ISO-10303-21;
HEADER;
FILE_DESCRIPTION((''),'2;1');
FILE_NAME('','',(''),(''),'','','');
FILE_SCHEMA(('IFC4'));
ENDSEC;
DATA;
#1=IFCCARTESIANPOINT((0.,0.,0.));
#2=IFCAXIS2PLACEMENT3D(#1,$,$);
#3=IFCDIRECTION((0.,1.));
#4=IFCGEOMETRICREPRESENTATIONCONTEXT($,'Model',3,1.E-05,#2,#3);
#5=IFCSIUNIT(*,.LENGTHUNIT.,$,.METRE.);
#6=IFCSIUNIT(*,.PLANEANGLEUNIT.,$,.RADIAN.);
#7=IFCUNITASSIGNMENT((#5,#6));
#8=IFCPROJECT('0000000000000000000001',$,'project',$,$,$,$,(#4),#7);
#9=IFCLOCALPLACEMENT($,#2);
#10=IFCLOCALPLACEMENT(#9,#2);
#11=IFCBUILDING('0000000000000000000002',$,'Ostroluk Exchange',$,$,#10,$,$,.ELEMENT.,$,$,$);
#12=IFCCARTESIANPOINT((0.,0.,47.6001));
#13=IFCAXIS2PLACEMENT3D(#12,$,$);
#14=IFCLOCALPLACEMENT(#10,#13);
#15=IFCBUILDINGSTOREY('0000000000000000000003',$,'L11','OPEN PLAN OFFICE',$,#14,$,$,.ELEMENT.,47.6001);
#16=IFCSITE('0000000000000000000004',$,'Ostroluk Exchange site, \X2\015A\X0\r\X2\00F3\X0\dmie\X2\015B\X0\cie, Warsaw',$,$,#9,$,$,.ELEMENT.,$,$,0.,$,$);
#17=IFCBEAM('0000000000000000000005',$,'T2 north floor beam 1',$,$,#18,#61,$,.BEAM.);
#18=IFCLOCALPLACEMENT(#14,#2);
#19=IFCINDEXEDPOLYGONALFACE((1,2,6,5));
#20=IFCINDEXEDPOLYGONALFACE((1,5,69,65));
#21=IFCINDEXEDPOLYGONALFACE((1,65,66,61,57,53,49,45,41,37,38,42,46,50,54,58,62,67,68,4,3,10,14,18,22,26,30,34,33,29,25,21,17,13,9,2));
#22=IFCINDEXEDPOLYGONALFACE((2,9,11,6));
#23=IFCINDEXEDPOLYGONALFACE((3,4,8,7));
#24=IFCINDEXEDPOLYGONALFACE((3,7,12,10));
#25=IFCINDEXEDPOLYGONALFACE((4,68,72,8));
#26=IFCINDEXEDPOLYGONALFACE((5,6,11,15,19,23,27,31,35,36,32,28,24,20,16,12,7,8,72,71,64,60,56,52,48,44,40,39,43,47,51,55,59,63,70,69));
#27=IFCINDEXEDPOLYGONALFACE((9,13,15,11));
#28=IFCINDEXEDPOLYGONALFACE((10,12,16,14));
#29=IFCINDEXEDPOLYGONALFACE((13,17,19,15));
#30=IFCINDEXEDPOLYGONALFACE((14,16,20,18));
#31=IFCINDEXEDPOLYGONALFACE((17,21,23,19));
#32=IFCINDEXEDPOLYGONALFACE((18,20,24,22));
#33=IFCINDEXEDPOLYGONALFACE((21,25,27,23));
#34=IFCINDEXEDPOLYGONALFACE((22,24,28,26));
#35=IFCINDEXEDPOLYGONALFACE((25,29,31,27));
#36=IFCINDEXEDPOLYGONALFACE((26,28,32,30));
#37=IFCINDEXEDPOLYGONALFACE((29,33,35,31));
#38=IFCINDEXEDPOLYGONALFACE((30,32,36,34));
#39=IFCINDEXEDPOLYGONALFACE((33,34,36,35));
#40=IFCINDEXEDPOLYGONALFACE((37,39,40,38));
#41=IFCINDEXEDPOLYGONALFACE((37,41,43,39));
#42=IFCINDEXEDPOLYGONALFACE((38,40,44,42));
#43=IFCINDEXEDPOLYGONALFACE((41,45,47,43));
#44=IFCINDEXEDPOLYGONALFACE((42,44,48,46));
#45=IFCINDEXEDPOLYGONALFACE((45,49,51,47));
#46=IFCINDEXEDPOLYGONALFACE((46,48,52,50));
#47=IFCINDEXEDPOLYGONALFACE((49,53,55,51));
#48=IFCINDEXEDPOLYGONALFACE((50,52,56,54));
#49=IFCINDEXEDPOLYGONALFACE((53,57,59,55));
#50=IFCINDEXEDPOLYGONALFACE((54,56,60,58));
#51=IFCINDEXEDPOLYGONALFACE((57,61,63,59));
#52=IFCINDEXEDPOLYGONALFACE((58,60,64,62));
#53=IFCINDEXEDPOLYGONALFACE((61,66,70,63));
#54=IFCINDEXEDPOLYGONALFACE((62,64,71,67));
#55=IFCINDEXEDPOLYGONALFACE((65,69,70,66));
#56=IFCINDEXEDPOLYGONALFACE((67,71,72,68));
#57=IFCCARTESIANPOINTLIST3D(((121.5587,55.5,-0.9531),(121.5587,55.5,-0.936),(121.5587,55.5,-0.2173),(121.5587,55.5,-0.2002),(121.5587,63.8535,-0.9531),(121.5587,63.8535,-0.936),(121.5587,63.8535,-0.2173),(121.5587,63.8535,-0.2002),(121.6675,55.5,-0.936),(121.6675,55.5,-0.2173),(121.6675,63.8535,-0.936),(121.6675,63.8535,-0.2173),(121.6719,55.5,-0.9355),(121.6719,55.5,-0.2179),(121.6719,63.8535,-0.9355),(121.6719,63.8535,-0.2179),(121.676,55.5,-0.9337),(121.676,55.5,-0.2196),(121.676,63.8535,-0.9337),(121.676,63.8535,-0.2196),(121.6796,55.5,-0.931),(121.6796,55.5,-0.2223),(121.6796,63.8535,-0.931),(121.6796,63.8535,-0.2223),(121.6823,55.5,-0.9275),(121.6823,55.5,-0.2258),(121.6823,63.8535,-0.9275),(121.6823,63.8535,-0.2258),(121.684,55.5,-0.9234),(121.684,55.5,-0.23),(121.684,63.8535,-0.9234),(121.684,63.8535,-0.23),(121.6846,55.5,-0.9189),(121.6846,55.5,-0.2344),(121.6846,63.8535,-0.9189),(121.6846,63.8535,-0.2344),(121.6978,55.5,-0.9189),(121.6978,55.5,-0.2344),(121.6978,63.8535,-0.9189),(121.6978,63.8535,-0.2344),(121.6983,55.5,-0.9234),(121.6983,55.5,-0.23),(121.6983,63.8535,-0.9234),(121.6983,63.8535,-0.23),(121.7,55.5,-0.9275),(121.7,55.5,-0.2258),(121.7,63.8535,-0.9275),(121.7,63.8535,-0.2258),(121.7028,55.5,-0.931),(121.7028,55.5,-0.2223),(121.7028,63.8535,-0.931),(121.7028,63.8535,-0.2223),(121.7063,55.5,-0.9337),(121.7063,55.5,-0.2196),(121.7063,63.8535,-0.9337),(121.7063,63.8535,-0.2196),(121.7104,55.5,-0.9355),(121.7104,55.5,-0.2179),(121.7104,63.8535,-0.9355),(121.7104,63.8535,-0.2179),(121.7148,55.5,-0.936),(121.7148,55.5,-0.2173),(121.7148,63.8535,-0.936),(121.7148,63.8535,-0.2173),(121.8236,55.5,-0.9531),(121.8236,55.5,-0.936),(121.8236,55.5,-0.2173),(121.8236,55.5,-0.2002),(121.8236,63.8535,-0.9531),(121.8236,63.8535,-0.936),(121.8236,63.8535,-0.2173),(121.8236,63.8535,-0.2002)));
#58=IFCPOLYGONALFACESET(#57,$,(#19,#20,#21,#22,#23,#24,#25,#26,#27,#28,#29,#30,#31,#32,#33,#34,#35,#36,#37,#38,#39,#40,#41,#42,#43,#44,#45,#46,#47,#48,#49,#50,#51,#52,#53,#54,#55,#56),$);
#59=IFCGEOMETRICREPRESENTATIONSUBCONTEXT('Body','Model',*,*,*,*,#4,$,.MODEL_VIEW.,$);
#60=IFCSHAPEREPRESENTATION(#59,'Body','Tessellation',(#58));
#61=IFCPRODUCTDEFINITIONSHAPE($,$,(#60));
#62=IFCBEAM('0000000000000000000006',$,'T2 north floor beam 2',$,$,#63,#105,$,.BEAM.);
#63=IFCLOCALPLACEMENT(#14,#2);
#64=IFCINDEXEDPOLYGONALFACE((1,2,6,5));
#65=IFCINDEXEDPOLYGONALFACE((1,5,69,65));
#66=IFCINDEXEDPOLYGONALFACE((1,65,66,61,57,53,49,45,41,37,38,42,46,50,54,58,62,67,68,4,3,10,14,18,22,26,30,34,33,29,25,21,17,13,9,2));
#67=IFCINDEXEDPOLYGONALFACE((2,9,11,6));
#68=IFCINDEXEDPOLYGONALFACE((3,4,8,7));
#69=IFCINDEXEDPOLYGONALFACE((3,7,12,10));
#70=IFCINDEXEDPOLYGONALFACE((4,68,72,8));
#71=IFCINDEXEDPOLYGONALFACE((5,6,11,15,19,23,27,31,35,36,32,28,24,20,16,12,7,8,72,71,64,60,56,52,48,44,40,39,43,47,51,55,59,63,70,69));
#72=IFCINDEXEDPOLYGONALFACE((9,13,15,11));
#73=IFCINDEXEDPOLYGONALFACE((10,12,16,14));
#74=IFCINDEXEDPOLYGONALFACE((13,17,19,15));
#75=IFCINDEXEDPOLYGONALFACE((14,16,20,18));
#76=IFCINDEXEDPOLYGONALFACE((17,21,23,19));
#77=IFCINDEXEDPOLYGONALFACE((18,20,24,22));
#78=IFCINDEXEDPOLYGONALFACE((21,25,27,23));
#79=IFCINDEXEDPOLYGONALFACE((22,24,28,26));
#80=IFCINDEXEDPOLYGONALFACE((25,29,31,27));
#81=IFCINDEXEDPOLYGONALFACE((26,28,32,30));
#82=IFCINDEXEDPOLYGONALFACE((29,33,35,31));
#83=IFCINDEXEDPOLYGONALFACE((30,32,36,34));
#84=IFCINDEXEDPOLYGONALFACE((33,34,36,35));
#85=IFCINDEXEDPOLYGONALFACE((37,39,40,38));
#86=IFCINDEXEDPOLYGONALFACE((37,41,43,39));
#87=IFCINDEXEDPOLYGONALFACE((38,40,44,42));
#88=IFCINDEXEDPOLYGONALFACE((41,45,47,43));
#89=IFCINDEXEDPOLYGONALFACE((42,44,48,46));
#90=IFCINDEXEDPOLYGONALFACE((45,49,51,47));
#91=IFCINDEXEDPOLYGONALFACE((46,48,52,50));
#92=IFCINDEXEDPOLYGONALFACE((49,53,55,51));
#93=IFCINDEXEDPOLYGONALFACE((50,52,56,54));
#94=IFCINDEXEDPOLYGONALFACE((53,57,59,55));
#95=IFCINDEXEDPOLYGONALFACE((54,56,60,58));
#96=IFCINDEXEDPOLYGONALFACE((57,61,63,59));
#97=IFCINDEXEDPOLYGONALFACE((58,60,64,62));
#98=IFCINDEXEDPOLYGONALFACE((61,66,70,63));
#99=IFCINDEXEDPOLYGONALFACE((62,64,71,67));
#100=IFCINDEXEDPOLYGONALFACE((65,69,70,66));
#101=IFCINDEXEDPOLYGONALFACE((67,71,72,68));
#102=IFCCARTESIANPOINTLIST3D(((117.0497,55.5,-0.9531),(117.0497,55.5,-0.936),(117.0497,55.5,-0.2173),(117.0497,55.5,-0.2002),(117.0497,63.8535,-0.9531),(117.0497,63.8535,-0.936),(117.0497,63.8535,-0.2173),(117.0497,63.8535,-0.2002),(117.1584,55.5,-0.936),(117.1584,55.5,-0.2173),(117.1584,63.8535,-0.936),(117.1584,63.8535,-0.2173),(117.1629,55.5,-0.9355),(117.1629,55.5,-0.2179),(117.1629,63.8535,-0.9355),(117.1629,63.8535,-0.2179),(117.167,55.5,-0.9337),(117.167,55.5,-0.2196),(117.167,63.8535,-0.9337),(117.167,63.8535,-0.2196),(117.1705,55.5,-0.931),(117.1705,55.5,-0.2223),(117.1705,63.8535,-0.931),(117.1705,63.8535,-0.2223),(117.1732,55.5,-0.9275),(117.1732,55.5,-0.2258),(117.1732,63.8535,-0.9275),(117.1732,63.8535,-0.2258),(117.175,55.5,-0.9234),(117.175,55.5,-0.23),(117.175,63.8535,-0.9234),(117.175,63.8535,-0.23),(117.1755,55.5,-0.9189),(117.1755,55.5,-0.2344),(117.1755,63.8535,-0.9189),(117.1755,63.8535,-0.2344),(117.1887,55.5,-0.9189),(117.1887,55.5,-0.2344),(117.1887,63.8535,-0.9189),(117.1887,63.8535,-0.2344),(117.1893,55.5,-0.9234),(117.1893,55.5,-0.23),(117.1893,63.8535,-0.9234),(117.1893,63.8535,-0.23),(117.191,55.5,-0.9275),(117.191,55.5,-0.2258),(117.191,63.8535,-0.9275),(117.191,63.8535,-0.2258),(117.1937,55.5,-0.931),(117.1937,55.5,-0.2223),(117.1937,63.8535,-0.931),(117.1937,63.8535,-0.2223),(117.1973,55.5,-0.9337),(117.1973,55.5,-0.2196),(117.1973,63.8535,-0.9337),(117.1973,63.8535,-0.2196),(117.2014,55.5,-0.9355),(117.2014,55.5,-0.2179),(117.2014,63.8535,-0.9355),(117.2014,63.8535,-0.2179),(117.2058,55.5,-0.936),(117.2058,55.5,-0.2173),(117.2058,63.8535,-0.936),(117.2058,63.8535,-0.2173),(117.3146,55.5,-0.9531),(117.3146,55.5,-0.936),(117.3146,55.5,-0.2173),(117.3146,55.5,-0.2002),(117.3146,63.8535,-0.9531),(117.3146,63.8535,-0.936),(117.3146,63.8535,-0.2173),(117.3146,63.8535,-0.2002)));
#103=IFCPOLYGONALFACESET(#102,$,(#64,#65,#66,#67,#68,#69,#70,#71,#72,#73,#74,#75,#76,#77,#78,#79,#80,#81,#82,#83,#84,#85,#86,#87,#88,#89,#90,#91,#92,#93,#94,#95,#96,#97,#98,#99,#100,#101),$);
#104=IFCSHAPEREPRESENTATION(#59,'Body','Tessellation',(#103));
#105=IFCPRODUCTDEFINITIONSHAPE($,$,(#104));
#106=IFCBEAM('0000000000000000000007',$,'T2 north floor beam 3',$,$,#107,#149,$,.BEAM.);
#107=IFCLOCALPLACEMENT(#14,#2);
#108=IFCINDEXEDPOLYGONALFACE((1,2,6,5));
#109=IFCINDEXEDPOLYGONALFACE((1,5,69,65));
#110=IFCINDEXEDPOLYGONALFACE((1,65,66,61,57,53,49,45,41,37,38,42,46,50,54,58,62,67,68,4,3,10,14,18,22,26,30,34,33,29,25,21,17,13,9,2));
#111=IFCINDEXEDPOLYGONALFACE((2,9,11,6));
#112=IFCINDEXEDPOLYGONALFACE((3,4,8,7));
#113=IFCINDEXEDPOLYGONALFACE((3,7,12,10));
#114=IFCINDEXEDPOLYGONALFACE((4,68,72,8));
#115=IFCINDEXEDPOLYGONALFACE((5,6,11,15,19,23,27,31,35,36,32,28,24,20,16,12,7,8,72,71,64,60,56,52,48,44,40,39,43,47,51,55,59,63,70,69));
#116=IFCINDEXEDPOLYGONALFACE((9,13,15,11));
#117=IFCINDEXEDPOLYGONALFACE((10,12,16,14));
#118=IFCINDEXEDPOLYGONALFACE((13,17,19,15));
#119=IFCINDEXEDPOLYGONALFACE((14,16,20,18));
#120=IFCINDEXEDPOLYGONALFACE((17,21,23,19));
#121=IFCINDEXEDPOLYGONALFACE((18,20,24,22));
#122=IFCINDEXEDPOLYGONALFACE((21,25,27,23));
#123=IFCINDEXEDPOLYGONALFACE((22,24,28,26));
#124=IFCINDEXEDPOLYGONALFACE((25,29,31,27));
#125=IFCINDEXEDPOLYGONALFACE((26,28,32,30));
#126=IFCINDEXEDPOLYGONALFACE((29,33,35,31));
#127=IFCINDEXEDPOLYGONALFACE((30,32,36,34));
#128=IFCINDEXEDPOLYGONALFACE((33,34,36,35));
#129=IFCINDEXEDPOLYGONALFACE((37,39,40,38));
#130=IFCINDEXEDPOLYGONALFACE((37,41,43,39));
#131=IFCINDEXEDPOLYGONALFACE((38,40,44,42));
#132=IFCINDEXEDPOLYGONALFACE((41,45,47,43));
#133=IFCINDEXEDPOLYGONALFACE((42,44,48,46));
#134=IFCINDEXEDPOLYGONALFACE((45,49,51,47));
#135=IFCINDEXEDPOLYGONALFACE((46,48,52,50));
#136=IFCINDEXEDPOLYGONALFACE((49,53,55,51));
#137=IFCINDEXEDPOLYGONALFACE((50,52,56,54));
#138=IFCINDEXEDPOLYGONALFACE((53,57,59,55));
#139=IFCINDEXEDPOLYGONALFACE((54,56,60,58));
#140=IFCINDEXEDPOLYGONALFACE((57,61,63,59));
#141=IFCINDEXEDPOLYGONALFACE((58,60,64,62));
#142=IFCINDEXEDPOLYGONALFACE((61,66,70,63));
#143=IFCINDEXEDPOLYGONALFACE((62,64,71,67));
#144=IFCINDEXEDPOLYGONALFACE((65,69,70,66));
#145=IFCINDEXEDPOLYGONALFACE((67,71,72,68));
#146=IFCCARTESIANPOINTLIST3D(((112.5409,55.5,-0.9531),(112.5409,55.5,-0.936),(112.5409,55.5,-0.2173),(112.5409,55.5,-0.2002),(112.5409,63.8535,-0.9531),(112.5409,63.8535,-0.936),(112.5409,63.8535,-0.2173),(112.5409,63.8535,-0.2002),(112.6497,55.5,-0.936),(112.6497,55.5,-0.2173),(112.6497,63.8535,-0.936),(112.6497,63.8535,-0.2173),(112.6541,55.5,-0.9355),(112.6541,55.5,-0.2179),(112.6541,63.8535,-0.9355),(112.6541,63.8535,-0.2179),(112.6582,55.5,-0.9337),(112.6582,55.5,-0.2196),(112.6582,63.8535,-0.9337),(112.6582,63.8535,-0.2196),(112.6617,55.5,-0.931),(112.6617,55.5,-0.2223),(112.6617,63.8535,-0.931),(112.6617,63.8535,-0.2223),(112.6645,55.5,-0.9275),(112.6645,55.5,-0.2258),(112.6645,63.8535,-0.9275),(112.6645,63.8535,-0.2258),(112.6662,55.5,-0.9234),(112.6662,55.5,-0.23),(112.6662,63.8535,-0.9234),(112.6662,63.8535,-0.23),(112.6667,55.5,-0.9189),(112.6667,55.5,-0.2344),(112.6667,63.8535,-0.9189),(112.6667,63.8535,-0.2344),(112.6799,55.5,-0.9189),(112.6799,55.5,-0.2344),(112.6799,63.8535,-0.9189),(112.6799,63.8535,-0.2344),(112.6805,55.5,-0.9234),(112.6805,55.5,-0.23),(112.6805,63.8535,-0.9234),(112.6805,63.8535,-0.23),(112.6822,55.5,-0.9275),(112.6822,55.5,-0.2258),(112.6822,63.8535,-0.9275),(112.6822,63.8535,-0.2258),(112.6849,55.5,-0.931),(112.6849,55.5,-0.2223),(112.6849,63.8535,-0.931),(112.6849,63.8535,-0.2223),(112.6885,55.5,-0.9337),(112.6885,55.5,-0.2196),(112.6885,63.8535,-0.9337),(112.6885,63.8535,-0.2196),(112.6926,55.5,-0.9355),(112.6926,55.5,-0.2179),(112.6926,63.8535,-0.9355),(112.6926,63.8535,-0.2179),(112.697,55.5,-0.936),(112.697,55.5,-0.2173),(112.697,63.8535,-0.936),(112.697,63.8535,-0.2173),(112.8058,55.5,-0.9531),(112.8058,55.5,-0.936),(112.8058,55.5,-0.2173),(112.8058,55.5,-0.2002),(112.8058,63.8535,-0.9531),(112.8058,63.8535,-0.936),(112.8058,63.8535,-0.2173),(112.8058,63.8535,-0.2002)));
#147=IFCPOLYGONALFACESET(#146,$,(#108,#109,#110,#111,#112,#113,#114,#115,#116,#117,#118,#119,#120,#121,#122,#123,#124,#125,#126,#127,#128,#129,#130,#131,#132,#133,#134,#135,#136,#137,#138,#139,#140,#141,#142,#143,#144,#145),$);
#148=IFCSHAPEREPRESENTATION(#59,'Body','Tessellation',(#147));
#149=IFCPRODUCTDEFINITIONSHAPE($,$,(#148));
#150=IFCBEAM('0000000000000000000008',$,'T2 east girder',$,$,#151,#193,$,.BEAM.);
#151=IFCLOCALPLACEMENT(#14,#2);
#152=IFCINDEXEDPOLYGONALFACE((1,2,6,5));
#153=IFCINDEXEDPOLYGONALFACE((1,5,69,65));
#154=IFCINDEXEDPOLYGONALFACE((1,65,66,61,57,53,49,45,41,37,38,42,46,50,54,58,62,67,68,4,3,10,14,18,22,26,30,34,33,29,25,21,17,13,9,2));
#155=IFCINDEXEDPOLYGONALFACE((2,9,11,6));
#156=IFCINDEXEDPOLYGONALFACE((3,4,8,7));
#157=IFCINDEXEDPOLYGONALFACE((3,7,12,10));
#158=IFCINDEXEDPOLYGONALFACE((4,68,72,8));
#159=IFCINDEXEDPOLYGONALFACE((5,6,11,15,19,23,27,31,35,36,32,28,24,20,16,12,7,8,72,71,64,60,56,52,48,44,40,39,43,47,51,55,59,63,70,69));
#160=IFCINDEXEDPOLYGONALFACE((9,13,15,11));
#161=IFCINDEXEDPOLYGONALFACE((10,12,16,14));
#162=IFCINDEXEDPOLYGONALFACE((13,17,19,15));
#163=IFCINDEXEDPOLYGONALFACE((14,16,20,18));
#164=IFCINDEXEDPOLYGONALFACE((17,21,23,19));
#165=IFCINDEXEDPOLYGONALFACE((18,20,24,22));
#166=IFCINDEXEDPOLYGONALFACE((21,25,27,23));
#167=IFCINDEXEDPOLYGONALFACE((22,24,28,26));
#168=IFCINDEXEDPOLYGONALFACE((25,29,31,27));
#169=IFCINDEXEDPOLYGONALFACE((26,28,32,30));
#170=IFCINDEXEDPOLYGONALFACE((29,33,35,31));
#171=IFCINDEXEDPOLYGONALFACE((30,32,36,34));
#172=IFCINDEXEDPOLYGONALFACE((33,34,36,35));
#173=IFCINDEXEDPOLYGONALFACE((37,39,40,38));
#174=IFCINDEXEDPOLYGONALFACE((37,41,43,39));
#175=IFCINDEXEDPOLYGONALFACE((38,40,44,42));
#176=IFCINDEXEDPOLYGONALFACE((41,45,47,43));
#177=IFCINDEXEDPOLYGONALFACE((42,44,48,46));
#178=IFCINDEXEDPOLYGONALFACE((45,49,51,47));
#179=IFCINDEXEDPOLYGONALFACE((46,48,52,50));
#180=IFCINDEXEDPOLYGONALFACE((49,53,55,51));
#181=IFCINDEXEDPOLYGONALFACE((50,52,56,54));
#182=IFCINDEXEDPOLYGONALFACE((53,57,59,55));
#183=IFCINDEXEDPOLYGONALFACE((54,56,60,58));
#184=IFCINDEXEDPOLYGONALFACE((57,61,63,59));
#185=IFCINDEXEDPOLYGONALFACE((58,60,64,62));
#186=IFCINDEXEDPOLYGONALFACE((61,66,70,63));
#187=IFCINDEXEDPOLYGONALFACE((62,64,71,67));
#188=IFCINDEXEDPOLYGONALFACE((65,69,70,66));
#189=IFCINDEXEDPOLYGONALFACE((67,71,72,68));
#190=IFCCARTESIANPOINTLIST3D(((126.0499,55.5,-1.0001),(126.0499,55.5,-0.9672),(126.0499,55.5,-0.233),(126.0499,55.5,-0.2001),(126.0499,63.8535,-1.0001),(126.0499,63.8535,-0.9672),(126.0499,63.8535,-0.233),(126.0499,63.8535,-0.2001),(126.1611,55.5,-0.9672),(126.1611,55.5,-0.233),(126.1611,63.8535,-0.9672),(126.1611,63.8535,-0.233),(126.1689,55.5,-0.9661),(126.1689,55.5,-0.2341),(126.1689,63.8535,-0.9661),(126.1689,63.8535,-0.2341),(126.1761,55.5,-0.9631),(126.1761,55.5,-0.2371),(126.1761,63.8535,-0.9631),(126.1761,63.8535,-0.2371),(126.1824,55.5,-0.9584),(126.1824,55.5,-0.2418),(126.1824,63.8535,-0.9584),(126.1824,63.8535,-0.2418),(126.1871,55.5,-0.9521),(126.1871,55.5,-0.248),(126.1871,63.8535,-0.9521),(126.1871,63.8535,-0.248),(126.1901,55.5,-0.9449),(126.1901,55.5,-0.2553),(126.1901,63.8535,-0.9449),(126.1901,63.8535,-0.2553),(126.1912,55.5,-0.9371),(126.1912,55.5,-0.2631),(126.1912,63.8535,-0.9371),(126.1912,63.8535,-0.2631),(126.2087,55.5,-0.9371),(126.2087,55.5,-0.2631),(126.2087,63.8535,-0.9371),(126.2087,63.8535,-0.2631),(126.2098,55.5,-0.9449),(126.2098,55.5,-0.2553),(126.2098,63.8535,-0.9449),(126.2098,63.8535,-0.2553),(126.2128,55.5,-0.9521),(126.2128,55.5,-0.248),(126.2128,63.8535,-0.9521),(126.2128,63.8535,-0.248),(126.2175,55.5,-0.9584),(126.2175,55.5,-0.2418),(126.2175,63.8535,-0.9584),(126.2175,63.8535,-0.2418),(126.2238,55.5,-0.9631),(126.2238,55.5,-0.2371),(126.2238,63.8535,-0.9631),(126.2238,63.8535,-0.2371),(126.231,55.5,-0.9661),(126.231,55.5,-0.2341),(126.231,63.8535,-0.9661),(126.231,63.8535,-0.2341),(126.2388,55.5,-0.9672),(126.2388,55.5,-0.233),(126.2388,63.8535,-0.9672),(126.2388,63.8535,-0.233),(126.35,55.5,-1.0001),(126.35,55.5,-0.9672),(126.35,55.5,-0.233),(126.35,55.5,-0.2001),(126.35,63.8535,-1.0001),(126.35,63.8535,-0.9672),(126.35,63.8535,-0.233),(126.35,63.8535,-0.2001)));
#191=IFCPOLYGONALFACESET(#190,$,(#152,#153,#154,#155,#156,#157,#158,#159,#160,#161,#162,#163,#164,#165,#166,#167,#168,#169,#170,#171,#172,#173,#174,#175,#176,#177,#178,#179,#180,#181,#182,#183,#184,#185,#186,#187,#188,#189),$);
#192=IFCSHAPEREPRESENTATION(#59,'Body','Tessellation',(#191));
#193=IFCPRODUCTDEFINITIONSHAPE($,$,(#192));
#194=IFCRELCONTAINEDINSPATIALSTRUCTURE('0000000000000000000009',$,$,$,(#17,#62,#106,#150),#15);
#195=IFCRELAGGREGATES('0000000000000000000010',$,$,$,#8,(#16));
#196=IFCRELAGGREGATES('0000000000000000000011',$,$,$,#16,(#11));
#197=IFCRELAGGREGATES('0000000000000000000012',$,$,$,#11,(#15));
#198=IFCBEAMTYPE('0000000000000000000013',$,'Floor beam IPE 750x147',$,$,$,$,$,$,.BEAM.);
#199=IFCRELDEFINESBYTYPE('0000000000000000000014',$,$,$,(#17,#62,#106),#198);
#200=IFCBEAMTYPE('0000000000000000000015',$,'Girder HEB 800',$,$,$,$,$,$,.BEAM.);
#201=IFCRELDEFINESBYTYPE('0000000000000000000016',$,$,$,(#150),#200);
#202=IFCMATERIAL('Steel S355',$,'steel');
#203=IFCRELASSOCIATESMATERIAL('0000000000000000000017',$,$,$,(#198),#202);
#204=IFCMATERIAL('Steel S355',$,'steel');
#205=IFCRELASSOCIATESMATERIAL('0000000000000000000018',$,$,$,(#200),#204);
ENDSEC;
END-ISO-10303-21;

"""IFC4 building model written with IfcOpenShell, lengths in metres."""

from ifc_helpers import new_model, si_unit, direction, frame, origin, origin_2d, place, context, subcontext, project, spatial, i_section, extrude, material, material_profile, profile_set, type_object, element, save


model = new_model("IFC4")

# Units and contexts
model_context = context("Model", 3, precision=1e-05, world=origin(), true_north=direction((0.0, 1.0)))
body_context = subcontext(model_context, "Body", "Model", "MODEL_VIEW")
ifc_project = project(units=[si_unit("LENGTHUNIT", "METRE"), si_unit("PLANEANGLEUNIT", "RADIAN")], contexts=[model_context])

# Site, building, storey
site_placement = place(None, origin())
site = spatial("IfcSite", under=ifc_project, at=site_placement, Name="Ostroluk Exchange site, Śródmieście, Warsaw", CompositionType="ELEMENT", RefElevation=0.0)
building_placement = place(site_placement, origin())
building = spatial("IfcBuilding", under=site, at=building_placement, Name="Ostroluk Exchange", CompositionType="ELEMENT")
storey_placement = place(building_placement, frame((0.0, 0.0, 47.6001)))
storey = spatial("IfcBuildingStorey", under=building, at=storey_placement, Name="L11", Description="OPEN PLAN OFFICE", CompositionType="ELEMENT", Elevation=47.6001)

# Beams
ifc_material_1 = material(Name="Steel S355", Category="steel")
ifc_material_profile_1 = material_profile(ifc_material_1, i_section(OverallWidth=0.2649, OverallDepth=0.7529, WebThickness=0.0132, FlangeThickness=0.0171, FilletRadius=0.0171, at=origin_2d()), Name="IPE 750x147")
ifc_profile_set_1 = profile_set([ifc_material_profile_1], Name="Steel S355")
beam_type_1 = type_object("IfcBeamType", Name="Floor beam IPE 750x147", PredefinedType="BEAM", material=ifc_profile_set_1)
for number, where, z_axis, x_axis, name in (
    (1, (121.6912, 55.5, -0.5767), (0.0, 1.0, 0.0), (-1.0, 0.0, 0.0), "T2 north floor beam 1"),
    (2, (117.1821, 55.5, -0.5767), (0.0, 1.0, 0.0), (-1.0, 0.0, 0.0), "T2 north floor beam 2"),
    (3, (112.6733, 55.5, -0.5767), (0.0, 1.0, 0.0), (-1.0, 0.0, 0.0), "T2 north floor beam 3"),
):
    element("IfcBeam", number, at=place(storey_placement, frame(where, z_axis=z_axis, x_axis=x_axis)), inside=storey, type_object=beam_type_1, Name=name, PredefinedType="BEAM", context=body_context, shape_type="SweptSolid", body=[
        extrude(i_section(OverallWidth=0.2649, OverallDepth=0.7529, WebThickness=0.0132, FlangeThickness=0.0171, FilletRadius=0.0171, at=origin_2d()), origin(), (0.0, 0.0, 1.0), 8.3535),
    ])
ifc_material_2 = material(Name="Steel S355", Category="steel")
ifc_material_profile_2 = material_profile(ifc_material_2, i_section(OverallWidth=0.3, OverallDepth=0.8, WebThickness=0.0176, FlangeThickness=0.033, FilletRadius=0.03, at=origin_2d()), Name="HEB 800")
ifc_profile_set_2 = profile_set([ifc_material_profile_2], Name="Steel S355")
beam_type_2 = type_object("IfcBeamType", Name="Girder HEB 800", PredefinedType="BEAM", material=ifc_profile_set_2)
beam_placement = place(storey_placement, frame((126.2, 55.5, -0.6001), z_axis=(0.0, 1.0, 0.0), x_axis=(-1.0, 0.0, 0.0)))
element("IfcBeam", 4, at=beam_placement, inside=storey, type_object=beam_type_2, Name="T2 east girder", PredefinedType="BEAM", context=body_context, shape_type="SweptSolid", body=[
    extrude(i_section(OverallWidth=0.3, OverallDepth=0.8, WebThickness=0.0176, FlangeThickness=0.033, FilletRadius=0.03, at=origin_2d()), origin(), (0.0, 0.0, 1.0), 8.3535),
])

save(model, "model.ifc")
